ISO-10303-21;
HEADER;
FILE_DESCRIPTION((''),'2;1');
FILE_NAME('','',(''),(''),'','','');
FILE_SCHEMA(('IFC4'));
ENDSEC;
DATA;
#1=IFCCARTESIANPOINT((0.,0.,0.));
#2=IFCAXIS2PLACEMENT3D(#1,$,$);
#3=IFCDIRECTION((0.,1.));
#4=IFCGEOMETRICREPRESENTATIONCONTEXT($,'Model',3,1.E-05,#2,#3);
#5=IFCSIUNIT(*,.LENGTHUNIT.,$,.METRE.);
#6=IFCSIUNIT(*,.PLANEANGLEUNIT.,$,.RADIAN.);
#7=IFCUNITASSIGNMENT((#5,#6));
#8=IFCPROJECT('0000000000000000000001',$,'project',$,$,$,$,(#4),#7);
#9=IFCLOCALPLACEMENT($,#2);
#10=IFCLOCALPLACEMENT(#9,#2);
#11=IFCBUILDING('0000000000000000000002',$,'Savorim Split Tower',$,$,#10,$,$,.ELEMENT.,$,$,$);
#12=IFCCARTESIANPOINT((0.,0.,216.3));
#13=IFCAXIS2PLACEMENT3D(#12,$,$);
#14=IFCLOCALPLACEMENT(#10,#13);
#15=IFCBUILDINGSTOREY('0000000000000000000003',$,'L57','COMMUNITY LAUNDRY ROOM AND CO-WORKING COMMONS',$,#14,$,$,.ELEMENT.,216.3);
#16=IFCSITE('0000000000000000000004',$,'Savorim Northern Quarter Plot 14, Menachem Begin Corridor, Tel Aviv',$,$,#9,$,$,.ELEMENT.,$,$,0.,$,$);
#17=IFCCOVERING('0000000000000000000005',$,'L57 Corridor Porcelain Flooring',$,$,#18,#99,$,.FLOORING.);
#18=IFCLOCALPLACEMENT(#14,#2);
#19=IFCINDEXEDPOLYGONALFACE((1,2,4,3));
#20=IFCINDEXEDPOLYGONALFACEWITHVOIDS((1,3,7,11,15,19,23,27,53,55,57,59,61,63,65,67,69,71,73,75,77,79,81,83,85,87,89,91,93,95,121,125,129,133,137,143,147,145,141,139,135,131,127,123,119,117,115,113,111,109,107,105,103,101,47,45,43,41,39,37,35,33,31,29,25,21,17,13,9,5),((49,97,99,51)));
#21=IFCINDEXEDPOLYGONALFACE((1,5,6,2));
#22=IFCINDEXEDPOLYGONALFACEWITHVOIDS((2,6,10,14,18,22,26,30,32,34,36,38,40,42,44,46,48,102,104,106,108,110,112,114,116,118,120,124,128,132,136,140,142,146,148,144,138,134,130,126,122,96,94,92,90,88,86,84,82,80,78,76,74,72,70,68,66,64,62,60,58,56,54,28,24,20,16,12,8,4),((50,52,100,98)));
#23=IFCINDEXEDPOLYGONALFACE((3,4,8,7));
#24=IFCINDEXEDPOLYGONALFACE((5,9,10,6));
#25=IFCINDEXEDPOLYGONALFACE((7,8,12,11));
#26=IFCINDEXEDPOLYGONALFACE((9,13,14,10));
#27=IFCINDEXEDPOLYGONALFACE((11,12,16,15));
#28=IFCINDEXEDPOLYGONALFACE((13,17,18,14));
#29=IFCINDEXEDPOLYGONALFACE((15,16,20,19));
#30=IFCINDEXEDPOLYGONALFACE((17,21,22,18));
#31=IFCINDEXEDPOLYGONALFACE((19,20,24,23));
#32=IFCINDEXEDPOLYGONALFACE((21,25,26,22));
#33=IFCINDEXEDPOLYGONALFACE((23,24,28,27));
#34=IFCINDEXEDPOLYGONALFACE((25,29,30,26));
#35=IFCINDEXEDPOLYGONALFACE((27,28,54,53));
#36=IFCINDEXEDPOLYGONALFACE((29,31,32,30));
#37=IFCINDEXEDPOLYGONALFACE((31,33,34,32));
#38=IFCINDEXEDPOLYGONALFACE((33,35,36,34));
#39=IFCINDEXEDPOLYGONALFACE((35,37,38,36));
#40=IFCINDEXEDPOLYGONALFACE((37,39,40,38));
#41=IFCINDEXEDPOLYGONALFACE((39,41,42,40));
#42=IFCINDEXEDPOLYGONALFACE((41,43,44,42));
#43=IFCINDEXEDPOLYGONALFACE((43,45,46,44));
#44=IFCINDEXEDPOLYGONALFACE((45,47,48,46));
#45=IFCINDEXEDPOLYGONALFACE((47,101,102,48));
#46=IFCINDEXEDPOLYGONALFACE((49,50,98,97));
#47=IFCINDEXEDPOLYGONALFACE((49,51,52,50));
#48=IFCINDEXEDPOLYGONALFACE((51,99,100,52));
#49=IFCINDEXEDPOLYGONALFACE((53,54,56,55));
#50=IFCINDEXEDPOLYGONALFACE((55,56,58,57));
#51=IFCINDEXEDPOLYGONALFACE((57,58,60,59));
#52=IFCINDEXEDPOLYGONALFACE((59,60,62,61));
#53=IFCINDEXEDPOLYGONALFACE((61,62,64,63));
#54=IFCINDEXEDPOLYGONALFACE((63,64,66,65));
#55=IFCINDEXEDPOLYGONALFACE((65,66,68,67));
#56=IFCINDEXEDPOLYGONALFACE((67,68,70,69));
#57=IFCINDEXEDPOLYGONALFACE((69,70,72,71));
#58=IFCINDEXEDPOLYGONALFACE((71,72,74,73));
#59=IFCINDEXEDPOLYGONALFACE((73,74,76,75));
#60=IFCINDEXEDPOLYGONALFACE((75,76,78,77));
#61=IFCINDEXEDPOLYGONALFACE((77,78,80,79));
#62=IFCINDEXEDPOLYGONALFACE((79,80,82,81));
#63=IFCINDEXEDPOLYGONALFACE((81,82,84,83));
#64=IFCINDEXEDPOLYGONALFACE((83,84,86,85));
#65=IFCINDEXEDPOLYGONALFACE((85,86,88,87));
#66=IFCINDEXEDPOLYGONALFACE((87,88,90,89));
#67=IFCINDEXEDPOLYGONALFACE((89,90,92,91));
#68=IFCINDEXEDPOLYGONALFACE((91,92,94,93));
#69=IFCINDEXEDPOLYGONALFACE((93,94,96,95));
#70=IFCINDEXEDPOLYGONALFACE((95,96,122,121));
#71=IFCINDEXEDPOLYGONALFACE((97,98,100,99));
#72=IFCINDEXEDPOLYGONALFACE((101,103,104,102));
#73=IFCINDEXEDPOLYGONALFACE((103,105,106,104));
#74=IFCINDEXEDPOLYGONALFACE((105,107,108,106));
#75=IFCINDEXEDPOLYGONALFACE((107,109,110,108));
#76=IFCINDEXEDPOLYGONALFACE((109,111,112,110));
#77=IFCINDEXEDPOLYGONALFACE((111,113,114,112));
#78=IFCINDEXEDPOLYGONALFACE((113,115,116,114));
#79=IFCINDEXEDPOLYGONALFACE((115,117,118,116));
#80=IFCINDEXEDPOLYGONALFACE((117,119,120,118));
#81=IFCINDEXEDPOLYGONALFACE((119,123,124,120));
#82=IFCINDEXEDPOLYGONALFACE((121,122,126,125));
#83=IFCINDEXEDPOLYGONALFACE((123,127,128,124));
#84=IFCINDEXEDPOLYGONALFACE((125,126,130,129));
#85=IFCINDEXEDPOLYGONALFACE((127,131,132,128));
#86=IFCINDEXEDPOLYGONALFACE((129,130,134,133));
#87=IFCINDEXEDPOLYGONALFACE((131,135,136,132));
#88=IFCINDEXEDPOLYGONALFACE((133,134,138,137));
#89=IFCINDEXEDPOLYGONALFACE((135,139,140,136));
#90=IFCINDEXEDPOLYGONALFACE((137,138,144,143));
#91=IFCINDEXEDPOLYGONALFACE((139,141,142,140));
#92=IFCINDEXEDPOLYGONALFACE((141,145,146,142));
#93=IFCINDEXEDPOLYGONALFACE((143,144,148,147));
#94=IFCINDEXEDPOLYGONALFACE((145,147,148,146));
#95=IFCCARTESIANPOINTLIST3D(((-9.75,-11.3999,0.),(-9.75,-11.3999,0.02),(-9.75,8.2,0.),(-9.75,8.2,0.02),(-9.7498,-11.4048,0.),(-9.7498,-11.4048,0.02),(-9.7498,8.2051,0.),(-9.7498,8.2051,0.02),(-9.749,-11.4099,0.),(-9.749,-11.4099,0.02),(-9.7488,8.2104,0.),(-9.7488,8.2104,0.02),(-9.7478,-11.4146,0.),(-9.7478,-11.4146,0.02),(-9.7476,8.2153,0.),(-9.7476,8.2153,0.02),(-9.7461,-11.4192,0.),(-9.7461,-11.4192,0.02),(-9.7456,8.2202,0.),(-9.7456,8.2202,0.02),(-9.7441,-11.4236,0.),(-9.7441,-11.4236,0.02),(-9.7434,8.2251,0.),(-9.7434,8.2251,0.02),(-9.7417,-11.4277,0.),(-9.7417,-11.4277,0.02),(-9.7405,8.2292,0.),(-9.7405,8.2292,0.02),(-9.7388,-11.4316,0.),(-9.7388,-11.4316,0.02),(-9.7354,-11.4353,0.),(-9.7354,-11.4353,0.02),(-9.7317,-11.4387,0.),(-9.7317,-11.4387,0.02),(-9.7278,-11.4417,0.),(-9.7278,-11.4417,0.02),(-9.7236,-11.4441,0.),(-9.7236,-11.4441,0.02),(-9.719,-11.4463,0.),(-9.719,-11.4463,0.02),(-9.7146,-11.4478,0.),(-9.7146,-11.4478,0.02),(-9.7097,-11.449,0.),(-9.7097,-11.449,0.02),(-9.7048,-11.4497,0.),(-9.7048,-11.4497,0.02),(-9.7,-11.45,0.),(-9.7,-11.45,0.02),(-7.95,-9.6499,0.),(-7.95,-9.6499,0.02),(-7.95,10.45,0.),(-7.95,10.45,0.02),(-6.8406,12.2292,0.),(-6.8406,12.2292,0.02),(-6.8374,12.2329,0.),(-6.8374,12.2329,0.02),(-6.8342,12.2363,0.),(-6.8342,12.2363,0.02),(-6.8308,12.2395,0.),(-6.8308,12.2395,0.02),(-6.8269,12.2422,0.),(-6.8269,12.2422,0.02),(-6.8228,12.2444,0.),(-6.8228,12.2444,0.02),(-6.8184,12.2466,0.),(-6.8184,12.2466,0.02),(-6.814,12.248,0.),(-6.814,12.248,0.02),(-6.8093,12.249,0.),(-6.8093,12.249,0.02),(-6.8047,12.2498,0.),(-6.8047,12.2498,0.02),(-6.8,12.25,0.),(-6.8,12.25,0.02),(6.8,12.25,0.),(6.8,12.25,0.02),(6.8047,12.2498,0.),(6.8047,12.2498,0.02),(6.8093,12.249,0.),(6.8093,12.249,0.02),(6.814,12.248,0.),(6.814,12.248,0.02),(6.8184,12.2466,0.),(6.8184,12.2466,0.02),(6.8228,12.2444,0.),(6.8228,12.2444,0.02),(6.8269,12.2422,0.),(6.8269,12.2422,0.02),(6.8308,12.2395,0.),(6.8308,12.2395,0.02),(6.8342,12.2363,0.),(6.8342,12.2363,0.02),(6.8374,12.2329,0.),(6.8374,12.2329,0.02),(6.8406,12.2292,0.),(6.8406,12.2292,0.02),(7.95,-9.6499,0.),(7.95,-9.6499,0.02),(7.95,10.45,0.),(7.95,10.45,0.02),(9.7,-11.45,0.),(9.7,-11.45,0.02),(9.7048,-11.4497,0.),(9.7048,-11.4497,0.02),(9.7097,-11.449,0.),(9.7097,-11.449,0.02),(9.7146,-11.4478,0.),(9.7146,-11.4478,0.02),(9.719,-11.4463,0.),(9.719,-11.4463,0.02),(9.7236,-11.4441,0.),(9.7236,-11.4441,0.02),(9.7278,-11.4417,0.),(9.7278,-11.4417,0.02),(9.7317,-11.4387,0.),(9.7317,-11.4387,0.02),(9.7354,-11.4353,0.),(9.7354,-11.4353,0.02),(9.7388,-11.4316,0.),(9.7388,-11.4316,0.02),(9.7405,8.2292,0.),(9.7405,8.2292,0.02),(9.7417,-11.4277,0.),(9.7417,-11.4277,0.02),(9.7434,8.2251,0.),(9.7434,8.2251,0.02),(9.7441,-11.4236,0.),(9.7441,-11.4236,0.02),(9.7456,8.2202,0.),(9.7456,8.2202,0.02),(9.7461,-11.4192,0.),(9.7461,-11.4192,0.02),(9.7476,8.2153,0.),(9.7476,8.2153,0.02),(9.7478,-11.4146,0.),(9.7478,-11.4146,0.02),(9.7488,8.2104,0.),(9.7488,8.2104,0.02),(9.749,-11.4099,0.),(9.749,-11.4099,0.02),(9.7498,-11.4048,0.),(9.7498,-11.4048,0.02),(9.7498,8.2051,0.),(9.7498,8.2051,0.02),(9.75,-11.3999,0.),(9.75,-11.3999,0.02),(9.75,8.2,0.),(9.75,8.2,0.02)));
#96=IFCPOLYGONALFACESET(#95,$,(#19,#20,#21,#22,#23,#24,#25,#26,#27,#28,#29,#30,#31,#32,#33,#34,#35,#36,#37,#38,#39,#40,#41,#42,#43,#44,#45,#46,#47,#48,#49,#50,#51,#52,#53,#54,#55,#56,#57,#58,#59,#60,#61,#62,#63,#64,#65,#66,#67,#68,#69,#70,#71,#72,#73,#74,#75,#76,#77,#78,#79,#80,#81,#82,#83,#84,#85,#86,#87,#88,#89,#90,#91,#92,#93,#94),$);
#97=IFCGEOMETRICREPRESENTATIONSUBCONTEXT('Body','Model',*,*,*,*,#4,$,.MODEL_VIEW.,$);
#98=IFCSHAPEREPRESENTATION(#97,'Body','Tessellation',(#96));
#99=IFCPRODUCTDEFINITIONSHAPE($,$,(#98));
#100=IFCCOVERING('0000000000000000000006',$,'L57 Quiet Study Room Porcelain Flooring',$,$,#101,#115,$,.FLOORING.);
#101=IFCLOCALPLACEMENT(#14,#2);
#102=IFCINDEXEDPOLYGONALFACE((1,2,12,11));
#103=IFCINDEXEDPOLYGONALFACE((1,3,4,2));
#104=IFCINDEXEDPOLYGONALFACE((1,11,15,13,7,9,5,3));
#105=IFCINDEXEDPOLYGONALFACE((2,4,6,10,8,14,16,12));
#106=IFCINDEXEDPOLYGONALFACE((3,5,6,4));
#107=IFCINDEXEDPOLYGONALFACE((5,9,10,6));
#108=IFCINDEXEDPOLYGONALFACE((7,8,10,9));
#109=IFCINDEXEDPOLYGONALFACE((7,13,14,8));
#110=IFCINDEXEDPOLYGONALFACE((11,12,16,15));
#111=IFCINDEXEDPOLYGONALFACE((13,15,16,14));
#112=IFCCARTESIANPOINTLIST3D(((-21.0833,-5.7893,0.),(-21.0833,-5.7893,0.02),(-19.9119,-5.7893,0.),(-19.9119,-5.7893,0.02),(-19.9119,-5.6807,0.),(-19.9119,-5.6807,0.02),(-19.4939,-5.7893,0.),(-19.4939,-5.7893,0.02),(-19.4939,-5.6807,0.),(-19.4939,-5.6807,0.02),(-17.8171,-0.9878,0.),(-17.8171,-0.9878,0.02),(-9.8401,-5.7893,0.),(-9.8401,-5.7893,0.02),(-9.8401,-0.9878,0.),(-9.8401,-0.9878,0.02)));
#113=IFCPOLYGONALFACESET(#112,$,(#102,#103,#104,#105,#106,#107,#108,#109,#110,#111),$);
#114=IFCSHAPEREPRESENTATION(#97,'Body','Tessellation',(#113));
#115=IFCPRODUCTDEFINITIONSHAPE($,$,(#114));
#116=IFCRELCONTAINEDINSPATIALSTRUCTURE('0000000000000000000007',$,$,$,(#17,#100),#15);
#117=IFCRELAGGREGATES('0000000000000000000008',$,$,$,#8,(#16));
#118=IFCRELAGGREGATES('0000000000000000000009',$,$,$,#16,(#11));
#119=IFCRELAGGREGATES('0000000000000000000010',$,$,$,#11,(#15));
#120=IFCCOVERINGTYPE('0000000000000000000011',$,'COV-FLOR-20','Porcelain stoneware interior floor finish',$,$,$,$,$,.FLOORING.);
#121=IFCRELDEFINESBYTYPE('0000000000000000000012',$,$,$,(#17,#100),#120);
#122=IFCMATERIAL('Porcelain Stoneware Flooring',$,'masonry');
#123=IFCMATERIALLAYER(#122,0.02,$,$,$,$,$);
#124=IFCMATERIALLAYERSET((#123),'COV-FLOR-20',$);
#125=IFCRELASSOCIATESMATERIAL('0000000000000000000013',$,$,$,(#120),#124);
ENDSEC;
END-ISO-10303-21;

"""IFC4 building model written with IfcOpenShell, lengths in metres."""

from ifc_helpers import new_model, si_unit, direction, frame, origin, place, context, subcontext, project, spatial, polyline, outline, extrude, material, layer, layer_set, type_object, element, save


model = new_model("IFC4")

# Units and contexts
model_context = context("Model", 3, precision=1e-05, world=origin(), true_north=direction((0.0, 1.0)))
body_context = subcontext(model_context, "Body", "Model", "MODEL_VIEW")
ifc_project = project(units=[si_unit("LENGTHUNIT", "METRE"), si_unit("PLANEANGLEUNIT", "RADIAN")], contexts=[model_context])

# Site, building, storey
site_placement = place(None, origin())
site = spatial("IfcSite", under=ifc_project, at=site_placement, Name="Savorim Northern Quarter Plot 14, Menachem Begin Corridor, Tel Aviv", CompositionType="ELEMENT", RefElevation=0.0)
building_placement = place(site_placement, origin())
building = spatial("IfcBuilding", under=site, at=building_placement, Name="Savorim Split Tower", CompositionType="ELEMENT")
storey_placement = place(building_placement, frame((0.0, 0.0, 216.3)))
storey = spatial("IfcBuildingStorey", under=building, at=storey_placement, Name="L57", Description="COMMUNITY LAUNDRY ROOM AND CO-WORKING COMMONS", CompositionType="ELEMENT", Elevation=216.3)

# Coverings
ifc_material_1 = material(Name="Porcelain Stoneware Flooring", Category="masonry")
ifc_layer_1 = layer(ifc_material_1, 0.02)
ifc_layer_set_1 = layer_set([ifc_layer_1], Name="COV-FLOR-20")
covering_type_1 = type_object("IfcCoveringType", Name="COV-FLOR-20", Description="Porcelain stoneware interior floor finish", PredefinedType="FLOORING", material=ifc_layer_set_1)
covering_1_placement = place(storey_placement, origin())
element("IfcCovering", 1, at=covering_1_placement, inside=storey, type_object=covering_type_1, Name="L57 Corridor Porcelain Flooring", PredefinedType="FLOORING", context=body_context, shape_type="SweptSolid", body=[
    extrude(outline(polyline([(6.8093, 12.249), (6.8047, 12.2498), (6.8, 12.25), (-6.8, 12.25), (-6.8047, 12.2498), (-6.8093, 12.249), (-6.814, 12.248), (-6.8184, 12.2466), (-6.8228, 12.2444), (-6.8269, 12.2422), (-6.8308, 12.2395), (-6.8342, 12.2363), (-6.8374, 12.2329), (-6.8406, 12.2292), (-9.7405, 8.2292), (-9.7434, 8.2251), (-9.7456, 8.2202), (-9.7476, 8.2153), (-9.7488, 8.2104), (-9.7498, 8.2051), (-9.75, 8.2), (-9.75, -11.3999), (-9.7498, -11.4048), (-9.749, -11.4099), (-9.7478, -11.4146), (-9.7461, -11.4192), (-9.7441, -11.4236), (-9.7417, -11.4277), (-9.7388, -11.4316), (-9.7354, -11.4353), (-9.7317, -11.4387), (-9.7278, -11.4417), (-9.7236, -11.4441), (-9.719, -11.4463), (-9.7146, -11.4478), (-9.7097, -11.449), (-9.7048, -11.4497), (-9.7, -11.45), (9.7, -11.45), (9.7048, -11.4497), (9.7097, -11.449), (9.7146, -11.4478), (9.719, -11.4463), (9.7236, -11.4441), (9.7278, -11.4417), (9.7317, -11.4387), (9.7354, -11.4353), (9.7388, -11.4316), (9.7417, -11.4277), (9.7441, -11.4236), (9.7461, -11.4192), (9.7478, -11.4146), (9.749, -11.4099), (9.7498, -11.4048), (9.75, -11.3999), (9.75, 8.2), (9.7498, 8.2051), (9.7488, 8.2104), (9.7476, 8.2153), (9.7456, 8.2202), (9.7434, 8.2251), (9.7405, 8.2292), (6.8406, 12.2292), (6.8374, 12.2329), (6.8342, 12.2363), (6.8308, 12.2395), (6.8269, 12.2422), (6.8228, 12.2444), (6.8184, 12.2466), (6.814, 12.248), (6.8093, 12.249)]), holes=[polyline([(-7.95, 10.45), (-7.95, -9.6499), (7.95, -9.6499), (7.95, 10.45), (-7.95, 10.45)])]), origin(), (0.0, 0.0, 1.0), 0.02),
])
covering_2_placement = place(storey_placement, origin())
element("IfcCovering", 2, at=covering_2_placement, inside=storey, type_object=covering_type_1, Name="L57 Quiet Study Room Porcelain Flooring", PredefinedType="FLOORING", context=body_context, shape_type="SweptSolid", body=[
    extrude(outline(polyline([(-19.4939, -5.6807), (-19.4939, -5.7893), (-9.8401, -5.7893), (-9.8401, -0.9878), (-17.8171, -0.9878), (-21.0833, -5.7893), (-19.9119, -5.7893), (-19.9119, -5.6807), (-19.4939, -5.6807)])), origin(), (0.0, 0.0, 1.0), 0.02),
])

save(model, "model.ifc")
